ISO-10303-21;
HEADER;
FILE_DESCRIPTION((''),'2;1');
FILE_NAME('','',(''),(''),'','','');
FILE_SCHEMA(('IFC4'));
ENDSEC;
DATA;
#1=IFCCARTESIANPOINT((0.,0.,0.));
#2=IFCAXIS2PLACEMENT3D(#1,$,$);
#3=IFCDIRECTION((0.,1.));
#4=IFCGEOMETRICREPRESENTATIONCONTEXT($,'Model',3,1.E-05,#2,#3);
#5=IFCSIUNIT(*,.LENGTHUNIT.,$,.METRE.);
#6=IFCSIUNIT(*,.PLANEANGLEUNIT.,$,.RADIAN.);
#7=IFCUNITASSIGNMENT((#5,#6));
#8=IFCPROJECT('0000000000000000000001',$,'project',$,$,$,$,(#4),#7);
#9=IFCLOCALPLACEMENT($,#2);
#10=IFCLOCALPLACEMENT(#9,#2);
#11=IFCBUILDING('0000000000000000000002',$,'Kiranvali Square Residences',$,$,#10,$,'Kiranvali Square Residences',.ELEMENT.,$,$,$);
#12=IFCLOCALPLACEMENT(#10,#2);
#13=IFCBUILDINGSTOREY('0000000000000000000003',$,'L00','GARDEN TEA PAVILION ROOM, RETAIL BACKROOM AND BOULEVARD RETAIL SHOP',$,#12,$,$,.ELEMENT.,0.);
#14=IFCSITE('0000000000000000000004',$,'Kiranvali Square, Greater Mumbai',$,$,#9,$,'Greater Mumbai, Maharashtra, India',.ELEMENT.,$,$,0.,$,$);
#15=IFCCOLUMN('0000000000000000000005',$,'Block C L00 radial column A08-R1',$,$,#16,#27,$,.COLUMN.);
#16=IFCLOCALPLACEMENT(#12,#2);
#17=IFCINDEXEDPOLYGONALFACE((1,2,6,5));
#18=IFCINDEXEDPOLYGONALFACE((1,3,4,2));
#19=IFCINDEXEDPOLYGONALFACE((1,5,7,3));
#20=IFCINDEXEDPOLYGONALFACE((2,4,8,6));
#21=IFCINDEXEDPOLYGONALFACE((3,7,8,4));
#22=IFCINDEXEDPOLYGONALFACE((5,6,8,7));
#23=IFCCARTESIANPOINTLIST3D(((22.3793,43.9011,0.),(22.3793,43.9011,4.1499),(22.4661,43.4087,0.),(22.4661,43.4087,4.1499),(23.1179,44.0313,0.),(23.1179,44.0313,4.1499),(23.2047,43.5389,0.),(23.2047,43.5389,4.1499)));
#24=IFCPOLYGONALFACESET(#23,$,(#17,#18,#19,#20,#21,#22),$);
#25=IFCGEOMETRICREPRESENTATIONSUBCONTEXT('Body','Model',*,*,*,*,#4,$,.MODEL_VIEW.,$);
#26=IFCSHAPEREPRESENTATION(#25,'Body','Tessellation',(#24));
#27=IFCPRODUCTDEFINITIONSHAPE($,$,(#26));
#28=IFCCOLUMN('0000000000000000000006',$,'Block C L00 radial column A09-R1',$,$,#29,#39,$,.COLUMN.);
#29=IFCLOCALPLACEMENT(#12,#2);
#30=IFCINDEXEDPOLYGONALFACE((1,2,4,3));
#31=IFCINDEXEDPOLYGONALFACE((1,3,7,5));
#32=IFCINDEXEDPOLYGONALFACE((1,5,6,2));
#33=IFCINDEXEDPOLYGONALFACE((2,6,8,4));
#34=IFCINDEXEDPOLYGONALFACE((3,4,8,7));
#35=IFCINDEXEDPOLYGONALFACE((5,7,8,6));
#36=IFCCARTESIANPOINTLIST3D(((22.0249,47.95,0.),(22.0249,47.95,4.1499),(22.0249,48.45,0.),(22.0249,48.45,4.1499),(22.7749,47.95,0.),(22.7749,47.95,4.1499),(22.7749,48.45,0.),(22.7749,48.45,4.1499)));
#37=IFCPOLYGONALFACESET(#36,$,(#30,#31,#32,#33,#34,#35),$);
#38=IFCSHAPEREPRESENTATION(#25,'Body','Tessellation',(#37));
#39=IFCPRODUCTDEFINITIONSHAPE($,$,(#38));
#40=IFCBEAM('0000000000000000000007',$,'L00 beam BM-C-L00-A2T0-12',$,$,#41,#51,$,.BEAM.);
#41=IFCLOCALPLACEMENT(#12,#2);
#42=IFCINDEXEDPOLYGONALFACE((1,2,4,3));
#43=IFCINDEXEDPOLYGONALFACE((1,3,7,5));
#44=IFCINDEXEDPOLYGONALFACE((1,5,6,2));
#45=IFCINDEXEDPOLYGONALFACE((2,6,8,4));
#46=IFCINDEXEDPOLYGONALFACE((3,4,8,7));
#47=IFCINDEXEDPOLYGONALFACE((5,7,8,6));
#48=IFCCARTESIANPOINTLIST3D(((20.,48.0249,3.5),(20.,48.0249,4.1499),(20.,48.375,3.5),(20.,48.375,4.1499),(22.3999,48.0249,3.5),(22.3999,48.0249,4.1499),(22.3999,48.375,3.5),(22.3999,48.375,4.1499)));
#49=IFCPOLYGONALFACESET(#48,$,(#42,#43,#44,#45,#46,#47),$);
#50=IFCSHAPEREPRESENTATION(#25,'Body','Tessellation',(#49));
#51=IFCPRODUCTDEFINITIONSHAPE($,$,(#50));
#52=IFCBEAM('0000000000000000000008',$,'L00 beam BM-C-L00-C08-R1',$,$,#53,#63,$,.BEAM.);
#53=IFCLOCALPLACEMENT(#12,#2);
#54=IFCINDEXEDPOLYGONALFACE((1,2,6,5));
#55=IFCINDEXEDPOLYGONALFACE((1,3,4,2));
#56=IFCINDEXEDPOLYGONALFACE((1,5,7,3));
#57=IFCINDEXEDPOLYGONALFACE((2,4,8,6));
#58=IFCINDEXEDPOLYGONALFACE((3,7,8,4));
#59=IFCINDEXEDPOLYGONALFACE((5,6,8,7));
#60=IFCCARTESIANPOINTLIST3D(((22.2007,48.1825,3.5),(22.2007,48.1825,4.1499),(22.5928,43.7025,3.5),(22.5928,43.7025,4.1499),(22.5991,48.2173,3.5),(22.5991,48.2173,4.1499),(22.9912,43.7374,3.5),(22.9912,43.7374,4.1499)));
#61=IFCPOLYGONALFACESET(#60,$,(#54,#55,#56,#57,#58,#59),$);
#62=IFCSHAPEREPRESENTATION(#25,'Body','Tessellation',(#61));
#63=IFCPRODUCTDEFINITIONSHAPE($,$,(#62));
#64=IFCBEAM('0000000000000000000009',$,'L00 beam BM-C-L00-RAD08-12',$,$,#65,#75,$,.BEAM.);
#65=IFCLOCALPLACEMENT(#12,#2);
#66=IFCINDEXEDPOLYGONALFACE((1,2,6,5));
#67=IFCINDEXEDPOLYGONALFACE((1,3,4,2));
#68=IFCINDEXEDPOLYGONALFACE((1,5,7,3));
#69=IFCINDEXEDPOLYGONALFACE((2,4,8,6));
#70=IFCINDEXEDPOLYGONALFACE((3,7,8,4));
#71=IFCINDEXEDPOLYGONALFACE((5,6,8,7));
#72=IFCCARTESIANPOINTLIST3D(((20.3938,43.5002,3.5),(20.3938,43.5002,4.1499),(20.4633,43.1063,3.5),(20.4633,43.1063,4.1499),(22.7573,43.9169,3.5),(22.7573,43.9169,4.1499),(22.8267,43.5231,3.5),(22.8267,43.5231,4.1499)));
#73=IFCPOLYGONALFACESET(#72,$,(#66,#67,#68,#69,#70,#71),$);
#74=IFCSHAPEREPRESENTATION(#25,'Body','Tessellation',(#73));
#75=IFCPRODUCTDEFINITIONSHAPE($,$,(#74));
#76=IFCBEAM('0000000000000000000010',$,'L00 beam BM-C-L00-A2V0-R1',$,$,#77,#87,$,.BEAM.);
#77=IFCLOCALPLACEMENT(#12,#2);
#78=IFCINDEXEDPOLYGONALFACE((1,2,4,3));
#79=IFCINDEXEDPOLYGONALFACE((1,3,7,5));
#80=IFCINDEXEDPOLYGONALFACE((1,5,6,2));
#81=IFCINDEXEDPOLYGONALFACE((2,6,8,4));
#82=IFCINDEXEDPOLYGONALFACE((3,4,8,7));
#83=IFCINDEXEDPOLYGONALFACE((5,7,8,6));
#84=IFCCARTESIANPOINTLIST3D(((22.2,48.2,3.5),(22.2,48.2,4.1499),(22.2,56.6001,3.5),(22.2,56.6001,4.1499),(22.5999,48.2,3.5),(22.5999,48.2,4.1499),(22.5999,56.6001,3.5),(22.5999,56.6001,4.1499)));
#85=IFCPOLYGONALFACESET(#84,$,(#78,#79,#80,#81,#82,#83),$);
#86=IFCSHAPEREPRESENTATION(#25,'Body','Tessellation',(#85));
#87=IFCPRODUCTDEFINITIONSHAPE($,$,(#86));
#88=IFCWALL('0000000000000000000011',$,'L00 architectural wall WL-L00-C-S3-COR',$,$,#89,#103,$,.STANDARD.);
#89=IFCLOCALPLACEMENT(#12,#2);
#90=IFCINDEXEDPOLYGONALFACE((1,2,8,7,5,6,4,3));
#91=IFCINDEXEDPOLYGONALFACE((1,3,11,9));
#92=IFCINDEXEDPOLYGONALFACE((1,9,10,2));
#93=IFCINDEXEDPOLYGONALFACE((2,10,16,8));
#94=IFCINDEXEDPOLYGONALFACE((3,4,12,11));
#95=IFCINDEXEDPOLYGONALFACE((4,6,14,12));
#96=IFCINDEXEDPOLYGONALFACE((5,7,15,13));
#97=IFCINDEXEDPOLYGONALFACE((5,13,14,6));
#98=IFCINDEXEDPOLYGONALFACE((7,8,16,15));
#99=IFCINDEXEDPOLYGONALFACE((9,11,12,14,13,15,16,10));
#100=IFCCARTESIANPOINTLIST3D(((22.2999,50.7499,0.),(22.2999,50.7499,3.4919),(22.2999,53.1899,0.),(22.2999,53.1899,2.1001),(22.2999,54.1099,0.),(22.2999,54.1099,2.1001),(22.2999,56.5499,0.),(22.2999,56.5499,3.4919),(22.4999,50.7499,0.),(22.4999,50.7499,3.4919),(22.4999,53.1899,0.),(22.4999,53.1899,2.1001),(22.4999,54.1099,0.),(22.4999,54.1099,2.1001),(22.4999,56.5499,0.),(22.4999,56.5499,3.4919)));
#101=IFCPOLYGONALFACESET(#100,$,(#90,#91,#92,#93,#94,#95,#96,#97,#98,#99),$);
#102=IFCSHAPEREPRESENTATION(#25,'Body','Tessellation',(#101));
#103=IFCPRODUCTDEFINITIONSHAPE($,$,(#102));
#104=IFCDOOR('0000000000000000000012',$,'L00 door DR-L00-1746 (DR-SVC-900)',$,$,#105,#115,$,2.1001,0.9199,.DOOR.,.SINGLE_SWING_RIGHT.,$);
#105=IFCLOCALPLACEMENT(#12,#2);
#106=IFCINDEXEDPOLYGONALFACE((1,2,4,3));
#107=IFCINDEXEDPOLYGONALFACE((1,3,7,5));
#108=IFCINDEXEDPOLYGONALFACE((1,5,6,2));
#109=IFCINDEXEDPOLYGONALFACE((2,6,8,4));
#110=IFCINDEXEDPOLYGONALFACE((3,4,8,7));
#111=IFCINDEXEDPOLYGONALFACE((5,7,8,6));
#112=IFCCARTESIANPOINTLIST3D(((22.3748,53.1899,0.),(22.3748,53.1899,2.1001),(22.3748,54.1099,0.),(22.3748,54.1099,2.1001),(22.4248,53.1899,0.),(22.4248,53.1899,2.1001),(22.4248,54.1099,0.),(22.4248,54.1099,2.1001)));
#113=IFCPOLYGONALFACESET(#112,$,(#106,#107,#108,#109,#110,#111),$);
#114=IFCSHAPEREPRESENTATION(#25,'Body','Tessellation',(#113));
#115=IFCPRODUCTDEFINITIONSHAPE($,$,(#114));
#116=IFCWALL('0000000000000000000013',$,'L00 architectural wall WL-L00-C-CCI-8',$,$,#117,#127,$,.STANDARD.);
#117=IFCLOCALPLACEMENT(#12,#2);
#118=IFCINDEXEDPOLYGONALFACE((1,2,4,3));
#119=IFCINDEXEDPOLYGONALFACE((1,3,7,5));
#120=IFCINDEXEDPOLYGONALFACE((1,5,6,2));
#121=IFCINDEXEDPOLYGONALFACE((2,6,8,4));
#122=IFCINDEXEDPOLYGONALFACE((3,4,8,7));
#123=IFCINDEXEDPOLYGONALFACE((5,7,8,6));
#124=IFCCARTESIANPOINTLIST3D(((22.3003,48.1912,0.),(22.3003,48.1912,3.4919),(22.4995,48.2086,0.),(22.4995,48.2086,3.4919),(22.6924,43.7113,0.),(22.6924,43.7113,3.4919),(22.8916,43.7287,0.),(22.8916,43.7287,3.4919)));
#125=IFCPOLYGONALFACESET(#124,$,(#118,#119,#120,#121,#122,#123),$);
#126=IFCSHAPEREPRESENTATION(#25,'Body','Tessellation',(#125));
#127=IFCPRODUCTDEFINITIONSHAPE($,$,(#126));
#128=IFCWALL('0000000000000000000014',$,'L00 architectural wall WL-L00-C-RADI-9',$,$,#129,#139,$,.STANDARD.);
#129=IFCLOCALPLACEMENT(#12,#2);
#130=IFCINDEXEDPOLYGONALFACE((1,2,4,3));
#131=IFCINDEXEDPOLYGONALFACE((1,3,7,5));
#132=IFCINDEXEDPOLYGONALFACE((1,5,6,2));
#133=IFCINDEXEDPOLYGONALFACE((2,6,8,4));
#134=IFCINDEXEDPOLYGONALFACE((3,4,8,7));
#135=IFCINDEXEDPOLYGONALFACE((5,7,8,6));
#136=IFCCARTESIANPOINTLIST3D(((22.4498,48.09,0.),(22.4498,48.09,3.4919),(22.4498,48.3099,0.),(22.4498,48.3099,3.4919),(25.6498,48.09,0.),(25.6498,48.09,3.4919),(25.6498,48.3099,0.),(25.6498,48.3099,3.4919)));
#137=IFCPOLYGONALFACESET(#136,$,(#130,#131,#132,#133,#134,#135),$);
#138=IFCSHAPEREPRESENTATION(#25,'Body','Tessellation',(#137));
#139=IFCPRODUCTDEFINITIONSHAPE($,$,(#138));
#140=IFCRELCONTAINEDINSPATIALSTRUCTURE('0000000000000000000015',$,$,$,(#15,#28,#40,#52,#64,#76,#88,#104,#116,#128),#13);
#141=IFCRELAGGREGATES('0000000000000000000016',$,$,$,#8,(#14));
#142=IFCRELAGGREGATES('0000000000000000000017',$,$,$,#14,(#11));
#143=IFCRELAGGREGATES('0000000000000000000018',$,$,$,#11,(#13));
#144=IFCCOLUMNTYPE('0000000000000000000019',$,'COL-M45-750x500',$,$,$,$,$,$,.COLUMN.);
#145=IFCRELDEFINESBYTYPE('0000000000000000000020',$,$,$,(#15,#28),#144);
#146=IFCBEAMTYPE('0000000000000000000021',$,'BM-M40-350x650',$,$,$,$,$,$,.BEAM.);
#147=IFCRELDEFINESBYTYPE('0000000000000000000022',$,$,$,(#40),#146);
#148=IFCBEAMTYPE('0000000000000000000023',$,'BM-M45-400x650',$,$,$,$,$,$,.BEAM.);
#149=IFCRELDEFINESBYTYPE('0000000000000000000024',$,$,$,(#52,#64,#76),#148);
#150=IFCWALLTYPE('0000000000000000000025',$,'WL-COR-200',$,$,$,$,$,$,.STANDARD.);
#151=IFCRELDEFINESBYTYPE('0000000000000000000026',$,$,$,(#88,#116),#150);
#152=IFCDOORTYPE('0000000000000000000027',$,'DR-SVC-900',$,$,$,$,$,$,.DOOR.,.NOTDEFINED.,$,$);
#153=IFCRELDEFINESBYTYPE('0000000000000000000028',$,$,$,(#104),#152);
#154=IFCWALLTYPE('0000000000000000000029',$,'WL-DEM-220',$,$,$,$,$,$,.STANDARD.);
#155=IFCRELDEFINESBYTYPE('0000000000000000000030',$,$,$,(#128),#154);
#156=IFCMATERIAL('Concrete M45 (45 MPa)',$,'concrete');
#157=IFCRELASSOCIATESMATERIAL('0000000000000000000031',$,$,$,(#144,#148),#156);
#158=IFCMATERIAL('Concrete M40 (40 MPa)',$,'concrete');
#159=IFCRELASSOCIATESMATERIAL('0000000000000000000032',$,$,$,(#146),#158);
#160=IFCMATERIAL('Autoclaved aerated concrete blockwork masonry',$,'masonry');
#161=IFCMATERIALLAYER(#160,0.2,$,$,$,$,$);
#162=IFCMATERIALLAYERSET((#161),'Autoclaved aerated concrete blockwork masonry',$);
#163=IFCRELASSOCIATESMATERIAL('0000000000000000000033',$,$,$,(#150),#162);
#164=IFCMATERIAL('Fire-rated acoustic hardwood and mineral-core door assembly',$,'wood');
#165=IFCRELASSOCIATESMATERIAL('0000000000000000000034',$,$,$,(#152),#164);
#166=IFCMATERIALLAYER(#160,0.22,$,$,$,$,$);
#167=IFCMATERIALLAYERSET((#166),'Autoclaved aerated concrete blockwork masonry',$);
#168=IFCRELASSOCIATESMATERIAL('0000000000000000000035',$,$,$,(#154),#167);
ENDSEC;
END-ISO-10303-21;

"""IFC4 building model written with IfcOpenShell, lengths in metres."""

from ifc_helpers import new_model, si_unit, direction, frame, frame_2d, origin, origin_2d, place, context, subcontext, project, spatial, rectangle, extrude, material, layer, layer_set, material_profile, profile_set, type_object, element, fill, save


model = new_model("IFC4")

# Units and contexts
model_context = context("Model", 3, precision=1e-05, world=origin(), true_north=direction((0.0, 1.0)))
body_context = subcontext(model_context, "Body", "Model", "MODEL_VIEW")
ifc_project = project(units=[si_unit("LENGTHUNIT", "METRE"), si_unit("PLANEANGLEUNIT", "RADIAN")], contexts=[model_context])

# Site, building, storey
site_placement = place(None, origin())
site = spatial("IfcSite", under=ifc_project, at=site_placement, Name="Kiranvali Square, Greater Mumbai", LongName="Greater Mumbai, Maharashtra, India", CompositionType="ELEMENT", RefElevation=0.0)
building_placement = place(site_placement, origin())
building = spatial("IfcBuilding", under=site, at=building_placement, Name="Kiranvali Square Residences", LongName="Kiranvali Square Residences", CompositionType="ELEMENT")
storey_placement = place(building_placement, origin())
storey = spatial("IfcBuildingStorey", under=building, at=storey_placement, Name="L00", Description="GARDEN TEA PAVILION ROOM, RETAIL BACKROOM AND BOULEVARD RETAIL SHOP", CompositionType="ELEMENT", Elevation=0.0)

# Columns
ifc_material_1 = material(Name="Concrete M45 (45 MPa)", Category="concrete")
ifc_material_profile_1 = material_profile(ifc_material_1, rectangle(XDim=0.5, YDim=0.75, at=origin_2d()), Name="RC 750x500")
ifc_profile_set_1 = profile_set([ifc_material_profile_1], Name="Concrete M45 (45 MPa)")
column_type = type_object("IfcColumnType", Name="COL-M45-750x500", PredefinedType="COLUMN", material=ifc_profile_set_1)
for number, where, z_axis, x_axis, name in (
    (1, (22.792, 43.72, 0.0), (0.0, 0.0, 1.0), (-0.173648, 0.984808, 0.0), "Block C L00 radial column A08-R1"),
    (2, (22.3999, 48.2, 0.0), (0.0, 0.0, 1.0), (0.0, 1.0, 0.0), "Block C L00 radial column A09-R1"),
):
    element("IfcColumn", number, at=place(storey_placement, frame(where, z_axis=z_axis, x_axis=x_axis)), inside=storey, type_object=column_type, Name=name, PredefinedType="COLUMN", context=body_context, shape_type="SweptSolid", body=[
        extrude(rectangle(XDim=0.5, YDim=0.75, at=origin_2d()), origin(), (0.0, 0.0, 1.0), 4.1499),
    ])

# Beams
ifc_material_2 = material(Name="Concrete M40 (40 MPa)", Category="concrete")
ifc_material_profile_2 = material_profile(ifc_material_2, rectangle(XDim=0.3501, YDim=0.6499, at=origin_2d()), Name="RC 350x650")
ifc_profile_set_2 = profile_set([ifc_material_profile_2], Name="Concrete M40 (40 MPa)")
beam_type_1 = type_object("IfcBeamType", Name="BM-M40-350x650", PredefinedType="BEAM", material=ifc_profile_set_2)
beam_1_placement = place(storey_placement, frame((22.3999, 48.2, 3.825), z_axis=(-1.0, 0.0, 0.0), x_axis=(0.0, -1.0, 0.0)))
element("IfcBeam", 3, at=beam_1_placement, inside=storey, type_object=beam_type_1, Name="L00 beam BM-C-L00-A2T0-12", PredefinedType="BEAM", context=body_context, shape_type="SweptSolid", body=[
    extrude(rectangle(XDim=0.3501, YDim=0.6499, at=origin_2d()), origin(), (0.0, 0.0, 1.0), 2.3999),
])
ifc_material_profile_3 = material_profile(ifc_material_1, rectangle(XDim=0.3999, YDim=0.6499, at=origin_2d()), Name="RC 400x650")
ifc_profile_set_3 = profile_set([ifc_material_profile_3], Name="Concrete M45 (45 MPa)")
beam_type_2 = type_object("IfcBeamType", Name="BM-M45-400x650", PredefinedType="BEAM", material=ifc_profile_set_3)
beam_2_placement = place(storey_placement, frame((22.792, 43.72, 3.825), z_axis=(-0.087187, 0.996192, 0.0), x_axis=(-0.996192, -0.087187, 0.0)))
element("IfcBeam", 4, at=beam_2_placement, inside=storey, type_object=beam_type_2, Name="L00 beam BM-C-L00-C08-R1", PredefinedType="BEAM", context=body_context, shape_type="SweptSolid", body=[
    extrude(rectangle(XDim=0.3999, YDim=0.6499, at=origin_2d()), origin(), (0.0, 0.0, 1.0), 4.4971),
])
beam_3_placement = place(storey_placement, frame((22.792, 43.72, 3.825), z_axis=(-0.984808, -0.173646, 0.0), x_axis=(0.173646, -0.984808, 0.0)))
element("IfcBeam", 5, at=beam_3_placement, inside=storey, type_object=beam_type_2, Name="L00 beam BM-C-L00-RAD08-12", PredefinedType="BEAM", context=body_context, shape_type="SweptSolid", body=[
    extrude(rectangle(XDim=0.3999, YDim=0.6499, at=origin_2d()), origin(), (0.0, 0.0, 1.0), 2.3999),
])
beam_4_placement = place(storey_placement, frame((22.3999, 48.2, 3.825), z_axis=(0.0, 1.0, 0.0), x_axis=(-1.0, 0.0, 0.0)))
element("IfcBeam", 6, at=beam_4_placement, inside=storey, type_object=beam_type_2, Name="L00 beam BM-C-L00-A2V0-R1", PredefinedType="BEAM", context=body_context, shape_type="SweptSolid", body=[
    extrude(rectangle(XDim=0.3999, YDim=0.6499, at=origin_2d()), origin(), (0.0, 0.0, 1.0), 8.4001),
])

# Wall, opening, door
ifc_material_3 = material(Name="Autoclaved aerated concrete blockwork masonry", Category="masonry")
ifc_layer_1 = layer(ifc_material_3, 0.2)
ifc_layer_set_1 = layer_set([ifc_layer_1], Name="Autoclaved aerated concrete blockwork masonry")
wall_type_1 = type_object("IfcWallType", Name="WL-COR-200", PredefinedType="STANDARD", material=ifc_layer_set_1)
ifc_material_4 = material(Name="Fire-rated acoustic hardwood and mineral-core door assembly", Category="wood")
wall_1_placement = place(storey_placement, frame((22.3999, 50.75, 0.0), z_axis=(0.0, 0.0, 1.0), x_axis=(0.0, 1.0, 0.0)))
wall_1 = element("IfcWall", 7, at=wall_1_placement, inside=storey, type_object=wall_type_1, Name="L00 architectural wall WL-L00-C-S3-COR", PredefinedType="STANDARD", context=body_context, shape_type="SweptSolid", body=[
    extrude(rectangle(XDim=5.8, YDim=0.2, at=frame_2d((2.8999, 0.0))), origin(), (0.0, 0.0, 1.0), 3.4919),
])
opening_1_placement = place(wall_1_placement, frame((2.4399, 0.0, 0.0)))
opening_1 = element("IfcOpeningElement", 8, at=opening_1_placement, cuts=wall_1, PredefinedType="OPENING", context=body_context, shape_type="SweptSolid", body=[
    extrude(rectangle(XDim=0.9199, YDim=2.1001, at=frame_2d((0.46, 1.05))), frame((0.0, 0.1099, 0.0), z_axis=(0.0, -1.0, 0.0), x_axis=(1.0, 0.0, 0.0)), (0.0, 0.0, 1.0), 0.22),
])
door_type_1 = type_object("IfcDoorType", Name="DR-SVC-900", OperationType="NOTDEFINED", PredefinedType="DOOR", material=ifc_material_4)
door_1_placement = place(opening_1_placement, frame((0.9199, 0.0, 0.0), z_axis=(0.0, 0.0, 1.0), x_axis=(-1.0, 0.0, 0.0)))
door_1 = element("IfcDoor", 9, at=door_1_placement, inside=storey, type_object=door_type_1, Name="L00 door DR-L00-1746 (DR-SVC-900)", OperationType="SINGLE_SWING_RIGHT", OverallHeight=2.1001, OverallWidth=0.9199, PredefinedType="DOOR", context=body_context, shape_type="SweptSolid", body=[
    extrude(rectangle(XDim=0.9199, YDim=2.1001, at=frame_2d((0.46, 1.05))), frame((0.0, 0.0249, 0.0), z_axis=(0.0, -1.0, 0.0), x_axis=(1.0, 0.0, 0.0)), (0.0, 0.0, 1.0), 0.05),
])
fill(opening_1, door_1)

# Walls
wall_2_placement = place(storey_placement, frame((22.792, 43.72, 0.0), z_axis=(0.0, 0.0, 1.0), x_axis=(-0.087187, 0.996192, 0.0)))
element("IfcWall", 10, at=wall_2_placement, inside=storey, type_object=wall_type_1, Name="L00 architectural wall WL-L00-C-CCI-8", PredefinedType="STANDARD", context=body_context, shape_type="SweptSolid", body=[
    extrude(rectangle(XDim=4.4971, YDim=0.2, at=frame_2d((2.2485, 0.0))), origin(), (0.0, 0.0, 1.0), 3.4919),
])
ifc_layer_2 = layer(ifc_material_3, 0.22)
ifc_layer_set_2 = layer_set([ifc_layer_2], Name="Autoclaved aerated concrete blockwork masonry")
wall_type_2 = type_object("IfcWallType", Name="WL-DEM-220", PredefinedType="STANDARD", material=ifc_layer_set_2)
wall_3_placement = place(storey_placement, frame((25.6499, 48.2, 0.0), z_axis=(0.0, 0.0, 1.0), x_axis=(-1.0, 0.0, 0.0)))
element("IfcWall", 11, at=wall_3_placement, inside=storey, type_object=wall_type_2, Name="L00 architectural wall WL-L00-C-RADI-9", PredefinedType="STANDARD", context=body_context, shape_type="SweptSolid", body=[
    extrude(rectangle(XDim=3.2, YDim=0.22, at=frame_2d((1.6001, 0.0))), origin(), (0.0, 0.0, 1.0), 3.4919),
])

save(model, "model.ifc")
